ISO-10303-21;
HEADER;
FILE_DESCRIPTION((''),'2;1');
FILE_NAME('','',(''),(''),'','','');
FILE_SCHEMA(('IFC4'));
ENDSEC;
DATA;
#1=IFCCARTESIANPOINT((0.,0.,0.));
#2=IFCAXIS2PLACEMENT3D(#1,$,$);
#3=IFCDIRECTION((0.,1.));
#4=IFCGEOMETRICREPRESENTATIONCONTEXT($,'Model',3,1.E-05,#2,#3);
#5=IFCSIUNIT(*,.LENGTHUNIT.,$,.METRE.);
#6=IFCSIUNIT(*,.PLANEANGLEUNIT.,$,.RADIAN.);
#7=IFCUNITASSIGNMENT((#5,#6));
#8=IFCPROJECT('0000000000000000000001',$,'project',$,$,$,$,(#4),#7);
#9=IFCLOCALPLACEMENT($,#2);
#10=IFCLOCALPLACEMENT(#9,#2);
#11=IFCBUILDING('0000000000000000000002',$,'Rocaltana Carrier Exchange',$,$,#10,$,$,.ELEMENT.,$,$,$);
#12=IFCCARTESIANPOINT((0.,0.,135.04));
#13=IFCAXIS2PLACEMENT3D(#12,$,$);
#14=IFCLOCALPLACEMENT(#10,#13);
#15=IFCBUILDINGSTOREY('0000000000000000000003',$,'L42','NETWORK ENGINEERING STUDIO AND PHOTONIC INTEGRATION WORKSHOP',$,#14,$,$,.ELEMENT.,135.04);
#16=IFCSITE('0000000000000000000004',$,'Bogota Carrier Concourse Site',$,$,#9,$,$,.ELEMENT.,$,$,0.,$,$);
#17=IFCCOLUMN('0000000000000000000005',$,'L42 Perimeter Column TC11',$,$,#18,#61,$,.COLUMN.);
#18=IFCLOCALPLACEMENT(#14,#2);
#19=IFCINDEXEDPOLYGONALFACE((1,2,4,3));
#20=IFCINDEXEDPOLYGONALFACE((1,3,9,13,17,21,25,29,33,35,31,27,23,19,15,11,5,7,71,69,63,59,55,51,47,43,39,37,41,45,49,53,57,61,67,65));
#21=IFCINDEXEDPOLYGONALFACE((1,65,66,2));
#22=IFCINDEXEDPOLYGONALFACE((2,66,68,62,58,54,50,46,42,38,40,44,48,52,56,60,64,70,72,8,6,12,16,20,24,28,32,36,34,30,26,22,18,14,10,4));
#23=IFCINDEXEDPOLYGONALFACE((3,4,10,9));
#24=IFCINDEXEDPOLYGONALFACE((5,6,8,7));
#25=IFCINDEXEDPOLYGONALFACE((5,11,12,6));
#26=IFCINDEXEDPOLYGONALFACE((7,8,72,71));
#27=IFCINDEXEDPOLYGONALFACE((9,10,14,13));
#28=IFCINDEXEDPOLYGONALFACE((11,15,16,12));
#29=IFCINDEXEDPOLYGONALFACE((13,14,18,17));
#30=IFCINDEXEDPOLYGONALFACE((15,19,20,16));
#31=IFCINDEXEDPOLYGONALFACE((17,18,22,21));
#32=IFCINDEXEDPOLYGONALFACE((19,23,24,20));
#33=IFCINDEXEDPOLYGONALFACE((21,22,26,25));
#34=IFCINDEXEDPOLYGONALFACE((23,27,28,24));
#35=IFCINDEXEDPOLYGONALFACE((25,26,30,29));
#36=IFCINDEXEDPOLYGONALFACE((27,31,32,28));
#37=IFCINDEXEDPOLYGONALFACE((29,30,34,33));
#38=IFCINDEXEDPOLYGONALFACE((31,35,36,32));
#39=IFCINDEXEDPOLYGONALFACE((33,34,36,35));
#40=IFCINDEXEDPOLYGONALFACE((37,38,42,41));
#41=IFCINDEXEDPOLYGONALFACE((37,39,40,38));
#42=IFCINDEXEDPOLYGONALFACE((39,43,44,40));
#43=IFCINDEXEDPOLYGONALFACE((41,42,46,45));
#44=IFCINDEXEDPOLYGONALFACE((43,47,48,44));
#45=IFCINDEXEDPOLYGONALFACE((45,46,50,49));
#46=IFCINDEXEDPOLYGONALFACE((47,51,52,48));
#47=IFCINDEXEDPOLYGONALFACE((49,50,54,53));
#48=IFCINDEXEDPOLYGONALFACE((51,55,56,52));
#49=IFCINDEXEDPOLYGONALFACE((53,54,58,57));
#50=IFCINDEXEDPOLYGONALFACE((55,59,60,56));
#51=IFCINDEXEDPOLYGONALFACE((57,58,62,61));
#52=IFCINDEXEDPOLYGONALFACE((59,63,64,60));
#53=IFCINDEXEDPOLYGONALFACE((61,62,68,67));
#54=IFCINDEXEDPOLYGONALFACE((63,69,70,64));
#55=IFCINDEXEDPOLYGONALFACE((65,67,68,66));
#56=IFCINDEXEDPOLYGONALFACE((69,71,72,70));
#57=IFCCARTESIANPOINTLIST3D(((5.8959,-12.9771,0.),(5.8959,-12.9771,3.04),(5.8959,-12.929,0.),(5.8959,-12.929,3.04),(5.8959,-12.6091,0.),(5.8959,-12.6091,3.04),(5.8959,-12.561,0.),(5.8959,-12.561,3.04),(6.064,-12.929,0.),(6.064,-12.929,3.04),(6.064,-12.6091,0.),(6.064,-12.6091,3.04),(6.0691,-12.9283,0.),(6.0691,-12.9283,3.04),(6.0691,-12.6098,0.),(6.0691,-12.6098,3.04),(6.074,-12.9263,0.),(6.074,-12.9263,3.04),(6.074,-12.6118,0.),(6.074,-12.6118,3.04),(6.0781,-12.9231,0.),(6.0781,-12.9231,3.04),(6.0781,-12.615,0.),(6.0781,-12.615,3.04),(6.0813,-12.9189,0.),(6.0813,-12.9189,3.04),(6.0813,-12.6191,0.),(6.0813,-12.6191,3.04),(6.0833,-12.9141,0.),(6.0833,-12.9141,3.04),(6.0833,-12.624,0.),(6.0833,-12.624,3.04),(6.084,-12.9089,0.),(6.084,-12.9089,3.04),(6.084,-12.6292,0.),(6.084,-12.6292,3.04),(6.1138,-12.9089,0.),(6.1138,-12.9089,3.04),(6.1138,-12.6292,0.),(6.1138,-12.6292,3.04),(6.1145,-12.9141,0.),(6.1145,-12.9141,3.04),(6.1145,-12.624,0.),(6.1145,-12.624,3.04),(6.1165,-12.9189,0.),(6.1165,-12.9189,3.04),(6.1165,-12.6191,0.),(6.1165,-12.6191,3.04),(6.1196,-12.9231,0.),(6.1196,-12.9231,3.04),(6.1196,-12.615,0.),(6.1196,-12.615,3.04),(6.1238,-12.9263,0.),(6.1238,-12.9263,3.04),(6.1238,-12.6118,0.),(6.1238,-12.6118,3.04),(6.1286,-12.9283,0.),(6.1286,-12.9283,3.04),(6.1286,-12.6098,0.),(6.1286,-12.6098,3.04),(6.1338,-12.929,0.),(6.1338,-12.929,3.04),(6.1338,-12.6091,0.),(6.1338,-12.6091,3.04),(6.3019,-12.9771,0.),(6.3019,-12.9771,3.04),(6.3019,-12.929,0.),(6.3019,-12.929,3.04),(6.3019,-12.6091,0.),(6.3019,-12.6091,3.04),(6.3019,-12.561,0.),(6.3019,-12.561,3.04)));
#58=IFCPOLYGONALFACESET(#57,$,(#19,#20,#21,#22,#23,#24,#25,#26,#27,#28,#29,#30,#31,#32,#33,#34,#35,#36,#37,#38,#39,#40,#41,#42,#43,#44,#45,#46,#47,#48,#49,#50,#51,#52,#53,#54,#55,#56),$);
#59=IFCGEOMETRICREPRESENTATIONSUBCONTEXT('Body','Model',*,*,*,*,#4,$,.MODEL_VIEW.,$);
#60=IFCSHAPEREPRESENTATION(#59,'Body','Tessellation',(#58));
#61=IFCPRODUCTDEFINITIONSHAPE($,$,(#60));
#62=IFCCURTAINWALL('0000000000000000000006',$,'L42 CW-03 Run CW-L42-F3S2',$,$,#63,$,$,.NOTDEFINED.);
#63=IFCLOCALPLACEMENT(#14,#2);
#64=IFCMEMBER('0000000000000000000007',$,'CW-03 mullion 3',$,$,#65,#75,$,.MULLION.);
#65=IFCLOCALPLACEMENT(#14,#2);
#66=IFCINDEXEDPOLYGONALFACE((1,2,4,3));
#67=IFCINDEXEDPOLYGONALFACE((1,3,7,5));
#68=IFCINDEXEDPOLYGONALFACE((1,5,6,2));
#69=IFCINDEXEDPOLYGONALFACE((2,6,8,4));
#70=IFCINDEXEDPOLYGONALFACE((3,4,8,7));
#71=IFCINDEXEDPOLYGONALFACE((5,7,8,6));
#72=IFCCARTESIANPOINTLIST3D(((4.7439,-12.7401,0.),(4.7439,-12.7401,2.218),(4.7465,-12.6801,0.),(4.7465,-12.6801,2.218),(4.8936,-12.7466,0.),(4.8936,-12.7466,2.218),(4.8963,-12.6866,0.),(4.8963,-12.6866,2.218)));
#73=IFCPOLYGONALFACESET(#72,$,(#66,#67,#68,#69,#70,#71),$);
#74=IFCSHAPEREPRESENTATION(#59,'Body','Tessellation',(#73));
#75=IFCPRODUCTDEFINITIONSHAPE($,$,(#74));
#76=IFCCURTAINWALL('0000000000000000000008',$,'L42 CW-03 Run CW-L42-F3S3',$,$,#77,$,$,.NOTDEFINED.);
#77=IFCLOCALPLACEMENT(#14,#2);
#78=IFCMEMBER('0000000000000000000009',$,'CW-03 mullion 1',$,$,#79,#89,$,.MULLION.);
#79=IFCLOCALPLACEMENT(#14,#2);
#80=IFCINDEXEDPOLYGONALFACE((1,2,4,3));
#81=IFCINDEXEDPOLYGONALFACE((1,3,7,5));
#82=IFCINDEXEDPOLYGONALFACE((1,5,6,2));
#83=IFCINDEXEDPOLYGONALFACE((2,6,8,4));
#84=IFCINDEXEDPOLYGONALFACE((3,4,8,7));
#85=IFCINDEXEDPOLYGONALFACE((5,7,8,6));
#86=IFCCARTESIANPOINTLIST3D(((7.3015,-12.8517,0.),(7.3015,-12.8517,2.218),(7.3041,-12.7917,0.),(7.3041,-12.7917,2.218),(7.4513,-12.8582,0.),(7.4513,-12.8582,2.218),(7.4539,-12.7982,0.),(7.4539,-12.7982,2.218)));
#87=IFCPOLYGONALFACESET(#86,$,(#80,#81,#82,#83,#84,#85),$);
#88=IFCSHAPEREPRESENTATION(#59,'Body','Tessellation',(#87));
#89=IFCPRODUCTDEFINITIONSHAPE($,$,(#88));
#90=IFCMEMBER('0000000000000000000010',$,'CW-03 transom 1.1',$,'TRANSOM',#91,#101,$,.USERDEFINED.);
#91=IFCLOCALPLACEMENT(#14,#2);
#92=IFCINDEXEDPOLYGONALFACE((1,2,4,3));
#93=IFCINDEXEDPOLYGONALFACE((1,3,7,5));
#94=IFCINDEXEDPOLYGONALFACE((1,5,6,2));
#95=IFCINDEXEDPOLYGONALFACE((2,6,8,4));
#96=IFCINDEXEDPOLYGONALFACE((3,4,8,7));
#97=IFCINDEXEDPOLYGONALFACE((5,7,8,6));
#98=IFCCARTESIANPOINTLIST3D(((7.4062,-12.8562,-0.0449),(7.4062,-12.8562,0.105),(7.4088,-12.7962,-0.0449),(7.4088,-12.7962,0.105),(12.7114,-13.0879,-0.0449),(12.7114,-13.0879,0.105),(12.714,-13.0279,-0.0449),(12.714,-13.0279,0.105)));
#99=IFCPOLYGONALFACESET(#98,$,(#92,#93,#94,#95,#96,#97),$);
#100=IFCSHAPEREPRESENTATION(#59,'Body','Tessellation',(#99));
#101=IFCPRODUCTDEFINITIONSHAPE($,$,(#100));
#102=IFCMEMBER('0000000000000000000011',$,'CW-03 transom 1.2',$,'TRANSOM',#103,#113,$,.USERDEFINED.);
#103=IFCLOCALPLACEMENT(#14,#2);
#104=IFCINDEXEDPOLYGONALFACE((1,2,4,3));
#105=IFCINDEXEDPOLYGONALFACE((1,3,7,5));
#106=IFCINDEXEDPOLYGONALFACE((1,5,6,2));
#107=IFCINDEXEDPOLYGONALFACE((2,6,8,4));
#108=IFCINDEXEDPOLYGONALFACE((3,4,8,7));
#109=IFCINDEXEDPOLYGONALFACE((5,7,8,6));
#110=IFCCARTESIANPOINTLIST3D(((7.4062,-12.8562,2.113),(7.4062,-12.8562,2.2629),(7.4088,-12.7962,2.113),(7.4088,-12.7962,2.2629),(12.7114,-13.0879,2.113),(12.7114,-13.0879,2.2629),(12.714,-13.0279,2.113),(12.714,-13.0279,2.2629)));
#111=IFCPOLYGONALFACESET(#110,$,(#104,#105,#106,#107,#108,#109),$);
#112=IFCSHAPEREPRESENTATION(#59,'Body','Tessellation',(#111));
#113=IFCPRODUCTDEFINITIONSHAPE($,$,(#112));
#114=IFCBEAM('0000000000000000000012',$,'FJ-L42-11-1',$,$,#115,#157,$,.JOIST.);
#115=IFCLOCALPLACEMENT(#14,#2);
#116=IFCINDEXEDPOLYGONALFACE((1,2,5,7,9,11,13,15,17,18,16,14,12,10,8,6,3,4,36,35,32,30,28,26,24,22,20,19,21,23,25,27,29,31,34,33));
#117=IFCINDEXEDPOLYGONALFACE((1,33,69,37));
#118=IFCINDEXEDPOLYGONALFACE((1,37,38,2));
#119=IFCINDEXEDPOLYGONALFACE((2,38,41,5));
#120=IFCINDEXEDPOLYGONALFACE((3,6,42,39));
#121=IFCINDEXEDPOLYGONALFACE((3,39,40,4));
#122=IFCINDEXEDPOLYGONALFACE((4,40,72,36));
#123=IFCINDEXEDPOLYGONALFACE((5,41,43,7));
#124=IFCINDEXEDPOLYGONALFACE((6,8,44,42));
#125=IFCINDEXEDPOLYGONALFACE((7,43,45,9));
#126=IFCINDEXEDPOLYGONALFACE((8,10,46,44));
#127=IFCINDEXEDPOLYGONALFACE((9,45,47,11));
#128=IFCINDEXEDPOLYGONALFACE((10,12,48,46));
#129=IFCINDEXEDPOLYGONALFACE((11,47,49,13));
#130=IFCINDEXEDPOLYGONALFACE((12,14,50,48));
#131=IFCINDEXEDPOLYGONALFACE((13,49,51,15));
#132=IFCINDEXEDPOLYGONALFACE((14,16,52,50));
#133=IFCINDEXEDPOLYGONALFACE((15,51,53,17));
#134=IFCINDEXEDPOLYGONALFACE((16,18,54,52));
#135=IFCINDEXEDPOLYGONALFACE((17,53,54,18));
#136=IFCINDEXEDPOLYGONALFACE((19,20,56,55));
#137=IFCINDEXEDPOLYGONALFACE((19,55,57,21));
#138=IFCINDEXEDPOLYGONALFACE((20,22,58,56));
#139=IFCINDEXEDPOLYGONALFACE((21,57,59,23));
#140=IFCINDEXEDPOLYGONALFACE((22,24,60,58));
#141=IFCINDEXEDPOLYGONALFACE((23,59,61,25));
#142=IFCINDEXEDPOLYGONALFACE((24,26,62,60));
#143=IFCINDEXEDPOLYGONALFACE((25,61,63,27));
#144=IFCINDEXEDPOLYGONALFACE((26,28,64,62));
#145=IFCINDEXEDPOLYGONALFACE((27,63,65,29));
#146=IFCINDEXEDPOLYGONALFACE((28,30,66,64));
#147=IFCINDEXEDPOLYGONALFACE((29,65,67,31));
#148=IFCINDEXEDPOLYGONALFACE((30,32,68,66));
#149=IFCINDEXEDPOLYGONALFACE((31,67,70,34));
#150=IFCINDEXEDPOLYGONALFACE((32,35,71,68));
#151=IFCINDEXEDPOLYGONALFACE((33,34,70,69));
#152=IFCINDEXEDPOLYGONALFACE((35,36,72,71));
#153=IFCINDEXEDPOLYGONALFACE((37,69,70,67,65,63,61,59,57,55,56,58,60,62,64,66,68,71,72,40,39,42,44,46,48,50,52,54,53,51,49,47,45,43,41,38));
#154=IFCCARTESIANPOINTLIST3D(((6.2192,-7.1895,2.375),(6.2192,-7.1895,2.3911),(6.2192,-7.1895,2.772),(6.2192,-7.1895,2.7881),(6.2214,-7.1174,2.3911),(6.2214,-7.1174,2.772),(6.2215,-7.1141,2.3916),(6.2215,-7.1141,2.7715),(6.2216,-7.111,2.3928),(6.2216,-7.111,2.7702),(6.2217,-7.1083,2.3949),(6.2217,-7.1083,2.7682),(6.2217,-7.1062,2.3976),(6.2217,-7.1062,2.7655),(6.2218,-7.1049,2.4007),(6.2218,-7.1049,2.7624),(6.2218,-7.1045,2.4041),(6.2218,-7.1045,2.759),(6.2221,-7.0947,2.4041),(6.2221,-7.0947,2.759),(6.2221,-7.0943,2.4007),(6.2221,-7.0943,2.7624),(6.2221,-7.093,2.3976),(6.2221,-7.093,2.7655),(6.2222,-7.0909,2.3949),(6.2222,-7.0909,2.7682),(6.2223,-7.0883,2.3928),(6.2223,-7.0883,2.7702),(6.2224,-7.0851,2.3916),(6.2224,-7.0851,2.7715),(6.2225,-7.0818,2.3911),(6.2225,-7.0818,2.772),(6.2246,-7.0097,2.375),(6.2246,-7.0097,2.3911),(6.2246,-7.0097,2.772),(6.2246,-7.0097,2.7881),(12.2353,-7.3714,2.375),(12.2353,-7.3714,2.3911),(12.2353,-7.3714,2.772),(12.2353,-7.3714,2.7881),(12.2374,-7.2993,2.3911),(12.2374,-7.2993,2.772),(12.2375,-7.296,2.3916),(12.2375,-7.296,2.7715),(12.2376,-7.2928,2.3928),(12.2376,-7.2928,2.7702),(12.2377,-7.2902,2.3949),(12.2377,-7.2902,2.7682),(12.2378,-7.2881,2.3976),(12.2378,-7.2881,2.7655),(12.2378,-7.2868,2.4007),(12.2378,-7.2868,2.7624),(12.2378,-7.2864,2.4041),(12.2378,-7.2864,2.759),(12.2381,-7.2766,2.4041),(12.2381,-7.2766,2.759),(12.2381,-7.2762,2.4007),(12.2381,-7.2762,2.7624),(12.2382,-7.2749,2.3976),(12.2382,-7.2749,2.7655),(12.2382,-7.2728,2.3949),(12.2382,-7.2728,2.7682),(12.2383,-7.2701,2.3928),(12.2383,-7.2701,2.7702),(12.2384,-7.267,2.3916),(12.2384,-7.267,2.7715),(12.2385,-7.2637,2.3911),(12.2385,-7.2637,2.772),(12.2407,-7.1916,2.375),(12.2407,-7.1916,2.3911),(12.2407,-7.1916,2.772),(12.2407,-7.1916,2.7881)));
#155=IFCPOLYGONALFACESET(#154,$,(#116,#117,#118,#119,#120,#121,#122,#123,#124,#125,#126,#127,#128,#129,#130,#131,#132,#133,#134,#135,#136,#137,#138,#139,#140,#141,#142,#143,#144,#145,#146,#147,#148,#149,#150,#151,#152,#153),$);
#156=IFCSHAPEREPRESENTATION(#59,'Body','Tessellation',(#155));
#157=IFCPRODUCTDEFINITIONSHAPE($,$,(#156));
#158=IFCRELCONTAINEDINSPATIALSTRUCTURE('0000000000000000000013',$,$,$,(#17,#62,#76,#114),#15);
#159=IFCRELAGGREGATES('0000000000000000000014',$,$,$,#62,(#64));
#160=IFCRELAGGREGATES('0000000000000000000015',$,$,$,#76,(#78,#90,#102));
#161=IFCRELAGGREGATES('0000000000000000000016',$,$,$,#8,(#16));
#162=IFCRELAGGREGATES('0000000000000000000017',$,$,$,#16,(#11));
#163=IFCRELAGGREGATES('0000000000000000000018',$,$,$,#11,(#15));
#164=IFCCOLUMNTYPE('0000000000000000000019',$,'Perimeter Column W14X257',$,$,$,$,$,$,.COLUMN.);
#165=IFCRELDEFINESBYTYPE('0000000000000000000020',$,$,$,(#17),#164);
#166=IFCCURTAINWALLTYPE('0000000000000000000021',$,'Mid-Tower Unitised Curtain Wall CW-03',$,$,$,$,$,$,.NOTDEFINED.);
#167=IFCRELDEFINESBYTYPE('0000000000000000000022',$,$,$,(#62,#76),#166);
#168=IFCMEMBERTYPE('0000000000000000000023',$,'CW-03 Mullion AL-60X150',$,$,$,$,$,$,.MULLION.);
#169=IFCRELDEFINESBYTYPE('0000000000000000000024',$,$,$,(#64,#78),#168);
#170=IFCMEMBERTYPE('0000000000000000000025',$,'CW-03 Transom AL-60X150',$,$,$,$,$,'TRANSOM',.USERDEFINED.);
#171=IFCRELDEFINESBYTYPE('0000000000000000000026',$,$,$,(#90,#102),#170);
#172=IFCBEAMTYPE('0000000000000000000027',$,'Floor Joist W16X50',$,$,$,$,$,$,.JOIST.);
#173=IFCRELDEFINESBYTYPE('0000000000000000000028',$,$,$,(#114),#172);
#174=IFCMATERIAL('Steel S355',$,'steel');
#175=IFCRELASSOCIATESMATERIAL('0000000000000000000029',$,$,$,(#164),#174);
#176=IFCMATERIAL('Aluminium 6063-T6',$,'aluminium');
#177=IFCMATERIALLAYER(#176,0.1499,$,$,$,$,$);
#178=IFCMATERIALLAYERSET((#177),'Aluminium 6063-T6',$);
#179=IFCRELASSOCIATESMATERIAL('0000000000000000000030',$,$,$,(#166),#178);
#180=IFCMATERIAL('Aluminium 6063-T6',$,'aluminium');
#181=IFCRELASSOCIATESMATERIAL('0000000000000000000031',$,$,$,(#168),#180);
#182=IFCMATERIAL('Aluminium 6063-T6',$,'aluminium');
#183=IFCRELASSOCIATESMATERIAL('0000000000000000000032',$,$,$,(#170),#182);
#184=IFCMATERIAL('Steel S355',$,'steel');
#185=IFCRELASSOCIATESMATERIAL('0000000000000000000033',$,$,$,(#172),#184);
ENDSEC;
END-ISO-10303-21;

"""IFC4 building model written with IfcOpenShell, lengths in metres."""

from ifc_helpers import new_model, si_unit, direction, frame, origin, origin_2d, place, context, subcontext, project, spatial, rectangle, i_section, extrude, material, layer, layer_set, material_profile, profile_set, type_object, element, aggregate, save


model = new_model("IFC4")

# Units and contexts
model_context = context("Model", 3, precision=1e-05, world=origin(), true_north=direction((0.0, 1.0)))
body_context = subcontext(model_context, "Body", "Model", "MODEL_VIEW")
ifc_project = project(units=[si_unit("LENGTHUNIT", "METRE"), si_unit("PLANEANGLEUNIT", "RADIAN")], contexts=[model_context])

# Site, building, storey
site_placement = place(None, origin())
site = spatial("IfcSite", under=ifc_project, at=site_placement, Name="Bogota Carrier Concourse Site", CompositionType="ELEMENT", RefElevation=0.0)
building_placement = place(site_placement, origin())
building = spatial("IfcBuilding", under=site, at=building_placement, Name="Rocaltana Carrier Exchange", CompositionType="ELEMENT")
storey_placement = place(building_placement, frame((0.0, 0.0, 135.04)))
storey = spatial("IfcBuildingStorey", under=building, at=storey_placement, Name="L42", Description="NETWORK ENGINEERING STUDIO AND PHOTONIC INTEGRATION WORKSHOP", CompositionType="ELEMENT", Elevation=135.04)

# Column
ifc_material_1 = material(Name="Steel S355", Category="steel")
ifc_material_profile_1 = material_profile(ifc_material_1, i_section(OverallWidth=0.406, OverallDepth=0.416, WebThickness=0.0298, FlangeThickness=0.0481, FilletRadius=0.02, at=origin_2d()), Name="W14X257")
ifc_profile_set_1 = profile_set([ifc_material_profile_1], Name="Steel S355")
column_type = type_object("IfcColumnType", Name="Perimeter Column W14X257", PredefinedType="COLUMN", material=ifc_profile_set_1)
column_placement = place(storey_placement, frame((6.0989, -12.769, 0.0), z_axis=(0.0, 0.0, 1.0), x_axis=(1.0, 0.0, 0.0)))
element("IfcColumn", 1, at=column_placement, inside=storey, type_object=column_type, Name="L42 Perimeter Column TC11", PredefinedType="COLUMN", context=body_context, shape_type="SweptSolid", body=[
    extrude(i_section(OverallWidth=0.406, OverallDepth=0.416, WebThickness=0.0298, FlangeThickness=0.0481, FilletRadius=0.02, at=origin_2d()), origin(), (0.0, 0.0, 1.0), 3.04),
])

# Curtain wall, member
ifc_material_2 = material(Name="Aluminium 6063-T6", Category="aluminium")
ifc_layer_1 = layer(ifc_material_2, 0.1499)
ifc_layer_set_1 = layer_set([ifc_layer_1], Name="Aluminium 6063-T6")
curtain_wall_type = type_object("IfcCurtainWallType", Name="Mid-Tower Unitised Curtain Wall CW-03", PredefinedType="NOTDEFINED", material=ifc_layer_set_1)
curtain_wall_1_placement = place(storey_placement, origin())
curtain_wall_1 = element("IfcCurtainWall", 2, at=curtain_wall_1_placement, inside=storey, type_object=curtain_wall_type, Name="L42 CW-03 Run CW-L42-F3S2", PredefinedType="NOTDEFINED")
ifc_material_3 = material(Name="Aluminium 6063-T6", Category="aluminium")
ifc_material_profile_2 = material_profile(ifc_material_3, rectangle(XDim=0.0601, YDim=0.1499, at=origin_2d()), Name="AL-60X150")
ifc_profile_set_2 = profile_set([ifc_material_profile_2], Name="Aluminium 6063-T6")
member_type_1 = type_object("IfcMemberType", Name="CW-03 Mullion AL-60X150", PredefinedType="MULLION", material=ifc_profile_set_2)
member_1_placement = place(storey_placement, frame((4.8201, -12.7134, 0.0), z_axis=(0.0, 0.0, 1.0), x_axis=(0.04362, 0.999048, 0.0)))
member_1 = element("IfcMember", 3, at=member_1_placement, type_object=member_type_1, Name="CW-03 mullion 3", PredefinedType="MULLION", context=body_context, shape_type="SweptSolid", body=[
    extrude(rectangle(XDim=0.0601, YDim=0.1499, at=origin_2d()), origin(), (0.0, 0.0, 1.0), 2.218),
])

# Curtain wall, members
curtain_wall_2_placement = place(storey_placement, origin())
curtain_wall_2 = element("IfcCurtainWall", 4, at=curtain_wall_2_placement, inside=storey, type_object=curtain_wall_type, Name="L42 CW-03 Run CW-L42-F3S3", PredefinedType="NOTDEFINED")
member_2_placement = place(storey_placement, frame((7.3777, -12.825, 0.0), z_axis=(0.0, 0.0, 1.0), x_axis=(0.043629, 0.999048, 0.0)))
member_2 = element("IfcMember", 5, at=member_2_placement, type_object=member_type_1, Name="CW-03 mullion 1", PredefinedType="MULLION", context=body_context, shape_type="SweptSolid", body=[
    extrude(rectangle(XDim=0.0601, YDim=0.1499, at=origin_2d()), origin(), (0.0, 0.0, 1.0), 2.218),
])
ifc_material_4 = material(Name="Aluminium 6063-T6", Category="aluminium")
ifc_material_profile_3 = material_profile(ifc_material_4, rectangle(XDim=0.0601, YDim=0.1499, at=origin_2d()), Name="AL-60X150")
ifc_profile_set_3 = profile_set([ifc_material_profile_3], Name="Aluminium 6063-T6")
member_type_2 = type_object("IfcMemberType", Name="CW-03 Transom AL-60X150", ElementType="TRANSOM", PredefinedType="USERDEFINED", material=ifc_profile_set_3)
member_3_placement = place(storey_placement, frame((7.4075, -12.8262, 0.03), z_axis=(0.999048, -0.043631, 0.0), x_axis=(0.043631, 0.999048, 0.0)))
member_3 = element("IfcMember", 6, at=member_3_placement, type_object=member_type_2, Name="CW-03 transom 1.1", ObjectType="TRANSOM", PredefinedType="USERDEFINED", context=body_context, shape_type="SweptSolid", body=[
    extrude(rectangle(XDim=0.0601, YDim=0.1499, at=origin_2d()), origin(), (0.0, 0.0, 1.0), 5.3103),
])
member_4_placement = place(storey_placement, frame((7.4075, -12.8262, 2.188), z_axis=(0.999048, -0.043631, 0.0), x_axis=(0.043631, 0.999048, 0.0)))
member_4 = element("IfcMember", 7, at=member_4_placement, type_object=member_type_2, Name="CW-03 transom 1.2", ObjectType="TRANSOM", PredefinedType="USERDEFINED", context=body_context, shape_type="SweptSolid", body=[
    extrude(rectangle(XDim=0.0601, YDim=0.1499, at=origin_2d()), origin(), (0.0, 0.0, 1.0), 5.3103),
])

# Beam
ifc_material_5 = material(Name="Steel S355", Category="steel")
ifc_material_profile_4 = material_profile(ifc_material_5, i_section(OverallWidth=0.1799, OverallDepth=0.4131, WebThickness=0.0098, FlangeThickness=0.0161, FilletRadius=0.0129, at=origin_2d()), Name="W16X50")
ifc_profile_set_4 = profile_set([ifc_material_profile_4], Name="Steel S355")
beam_type_1 = type_object("IfcBeamType", Name="Floor Joist W16X50", PredefinedType="JOIST", material=ifc_profile_set_4)
beam_1_placement = place(storey_placement, frame((6.2219, -7.0996, 2.5815), z_axis=(0.999543, -0.030219, 0.0), x_axis=(0.030219, 0.999543, 0.0)))
element("IfcBeam", 8, at=beam_1_placement, inside=storey, type_object=beam_type_1, Name="FJ-L42-11-1", PredefinedType="JOIST", context=body_context, shape_type="SweptSolid", body=[
    extrude(i_section(OverallWidth=0.1799, OverallDepth=0.4131, WebThickness=0.0098, FlangeThickness=0.0161, FilletRadius=0.0129, at=origin_2d()), origin(), (0.0, 0.0, 1.0), 6.0188),
])

aggregate(curtain_wall_1, [member_1])
aggregate(curtain_wall_2, [member_2, member_3, member_4])

save(model, "model.ifc")
